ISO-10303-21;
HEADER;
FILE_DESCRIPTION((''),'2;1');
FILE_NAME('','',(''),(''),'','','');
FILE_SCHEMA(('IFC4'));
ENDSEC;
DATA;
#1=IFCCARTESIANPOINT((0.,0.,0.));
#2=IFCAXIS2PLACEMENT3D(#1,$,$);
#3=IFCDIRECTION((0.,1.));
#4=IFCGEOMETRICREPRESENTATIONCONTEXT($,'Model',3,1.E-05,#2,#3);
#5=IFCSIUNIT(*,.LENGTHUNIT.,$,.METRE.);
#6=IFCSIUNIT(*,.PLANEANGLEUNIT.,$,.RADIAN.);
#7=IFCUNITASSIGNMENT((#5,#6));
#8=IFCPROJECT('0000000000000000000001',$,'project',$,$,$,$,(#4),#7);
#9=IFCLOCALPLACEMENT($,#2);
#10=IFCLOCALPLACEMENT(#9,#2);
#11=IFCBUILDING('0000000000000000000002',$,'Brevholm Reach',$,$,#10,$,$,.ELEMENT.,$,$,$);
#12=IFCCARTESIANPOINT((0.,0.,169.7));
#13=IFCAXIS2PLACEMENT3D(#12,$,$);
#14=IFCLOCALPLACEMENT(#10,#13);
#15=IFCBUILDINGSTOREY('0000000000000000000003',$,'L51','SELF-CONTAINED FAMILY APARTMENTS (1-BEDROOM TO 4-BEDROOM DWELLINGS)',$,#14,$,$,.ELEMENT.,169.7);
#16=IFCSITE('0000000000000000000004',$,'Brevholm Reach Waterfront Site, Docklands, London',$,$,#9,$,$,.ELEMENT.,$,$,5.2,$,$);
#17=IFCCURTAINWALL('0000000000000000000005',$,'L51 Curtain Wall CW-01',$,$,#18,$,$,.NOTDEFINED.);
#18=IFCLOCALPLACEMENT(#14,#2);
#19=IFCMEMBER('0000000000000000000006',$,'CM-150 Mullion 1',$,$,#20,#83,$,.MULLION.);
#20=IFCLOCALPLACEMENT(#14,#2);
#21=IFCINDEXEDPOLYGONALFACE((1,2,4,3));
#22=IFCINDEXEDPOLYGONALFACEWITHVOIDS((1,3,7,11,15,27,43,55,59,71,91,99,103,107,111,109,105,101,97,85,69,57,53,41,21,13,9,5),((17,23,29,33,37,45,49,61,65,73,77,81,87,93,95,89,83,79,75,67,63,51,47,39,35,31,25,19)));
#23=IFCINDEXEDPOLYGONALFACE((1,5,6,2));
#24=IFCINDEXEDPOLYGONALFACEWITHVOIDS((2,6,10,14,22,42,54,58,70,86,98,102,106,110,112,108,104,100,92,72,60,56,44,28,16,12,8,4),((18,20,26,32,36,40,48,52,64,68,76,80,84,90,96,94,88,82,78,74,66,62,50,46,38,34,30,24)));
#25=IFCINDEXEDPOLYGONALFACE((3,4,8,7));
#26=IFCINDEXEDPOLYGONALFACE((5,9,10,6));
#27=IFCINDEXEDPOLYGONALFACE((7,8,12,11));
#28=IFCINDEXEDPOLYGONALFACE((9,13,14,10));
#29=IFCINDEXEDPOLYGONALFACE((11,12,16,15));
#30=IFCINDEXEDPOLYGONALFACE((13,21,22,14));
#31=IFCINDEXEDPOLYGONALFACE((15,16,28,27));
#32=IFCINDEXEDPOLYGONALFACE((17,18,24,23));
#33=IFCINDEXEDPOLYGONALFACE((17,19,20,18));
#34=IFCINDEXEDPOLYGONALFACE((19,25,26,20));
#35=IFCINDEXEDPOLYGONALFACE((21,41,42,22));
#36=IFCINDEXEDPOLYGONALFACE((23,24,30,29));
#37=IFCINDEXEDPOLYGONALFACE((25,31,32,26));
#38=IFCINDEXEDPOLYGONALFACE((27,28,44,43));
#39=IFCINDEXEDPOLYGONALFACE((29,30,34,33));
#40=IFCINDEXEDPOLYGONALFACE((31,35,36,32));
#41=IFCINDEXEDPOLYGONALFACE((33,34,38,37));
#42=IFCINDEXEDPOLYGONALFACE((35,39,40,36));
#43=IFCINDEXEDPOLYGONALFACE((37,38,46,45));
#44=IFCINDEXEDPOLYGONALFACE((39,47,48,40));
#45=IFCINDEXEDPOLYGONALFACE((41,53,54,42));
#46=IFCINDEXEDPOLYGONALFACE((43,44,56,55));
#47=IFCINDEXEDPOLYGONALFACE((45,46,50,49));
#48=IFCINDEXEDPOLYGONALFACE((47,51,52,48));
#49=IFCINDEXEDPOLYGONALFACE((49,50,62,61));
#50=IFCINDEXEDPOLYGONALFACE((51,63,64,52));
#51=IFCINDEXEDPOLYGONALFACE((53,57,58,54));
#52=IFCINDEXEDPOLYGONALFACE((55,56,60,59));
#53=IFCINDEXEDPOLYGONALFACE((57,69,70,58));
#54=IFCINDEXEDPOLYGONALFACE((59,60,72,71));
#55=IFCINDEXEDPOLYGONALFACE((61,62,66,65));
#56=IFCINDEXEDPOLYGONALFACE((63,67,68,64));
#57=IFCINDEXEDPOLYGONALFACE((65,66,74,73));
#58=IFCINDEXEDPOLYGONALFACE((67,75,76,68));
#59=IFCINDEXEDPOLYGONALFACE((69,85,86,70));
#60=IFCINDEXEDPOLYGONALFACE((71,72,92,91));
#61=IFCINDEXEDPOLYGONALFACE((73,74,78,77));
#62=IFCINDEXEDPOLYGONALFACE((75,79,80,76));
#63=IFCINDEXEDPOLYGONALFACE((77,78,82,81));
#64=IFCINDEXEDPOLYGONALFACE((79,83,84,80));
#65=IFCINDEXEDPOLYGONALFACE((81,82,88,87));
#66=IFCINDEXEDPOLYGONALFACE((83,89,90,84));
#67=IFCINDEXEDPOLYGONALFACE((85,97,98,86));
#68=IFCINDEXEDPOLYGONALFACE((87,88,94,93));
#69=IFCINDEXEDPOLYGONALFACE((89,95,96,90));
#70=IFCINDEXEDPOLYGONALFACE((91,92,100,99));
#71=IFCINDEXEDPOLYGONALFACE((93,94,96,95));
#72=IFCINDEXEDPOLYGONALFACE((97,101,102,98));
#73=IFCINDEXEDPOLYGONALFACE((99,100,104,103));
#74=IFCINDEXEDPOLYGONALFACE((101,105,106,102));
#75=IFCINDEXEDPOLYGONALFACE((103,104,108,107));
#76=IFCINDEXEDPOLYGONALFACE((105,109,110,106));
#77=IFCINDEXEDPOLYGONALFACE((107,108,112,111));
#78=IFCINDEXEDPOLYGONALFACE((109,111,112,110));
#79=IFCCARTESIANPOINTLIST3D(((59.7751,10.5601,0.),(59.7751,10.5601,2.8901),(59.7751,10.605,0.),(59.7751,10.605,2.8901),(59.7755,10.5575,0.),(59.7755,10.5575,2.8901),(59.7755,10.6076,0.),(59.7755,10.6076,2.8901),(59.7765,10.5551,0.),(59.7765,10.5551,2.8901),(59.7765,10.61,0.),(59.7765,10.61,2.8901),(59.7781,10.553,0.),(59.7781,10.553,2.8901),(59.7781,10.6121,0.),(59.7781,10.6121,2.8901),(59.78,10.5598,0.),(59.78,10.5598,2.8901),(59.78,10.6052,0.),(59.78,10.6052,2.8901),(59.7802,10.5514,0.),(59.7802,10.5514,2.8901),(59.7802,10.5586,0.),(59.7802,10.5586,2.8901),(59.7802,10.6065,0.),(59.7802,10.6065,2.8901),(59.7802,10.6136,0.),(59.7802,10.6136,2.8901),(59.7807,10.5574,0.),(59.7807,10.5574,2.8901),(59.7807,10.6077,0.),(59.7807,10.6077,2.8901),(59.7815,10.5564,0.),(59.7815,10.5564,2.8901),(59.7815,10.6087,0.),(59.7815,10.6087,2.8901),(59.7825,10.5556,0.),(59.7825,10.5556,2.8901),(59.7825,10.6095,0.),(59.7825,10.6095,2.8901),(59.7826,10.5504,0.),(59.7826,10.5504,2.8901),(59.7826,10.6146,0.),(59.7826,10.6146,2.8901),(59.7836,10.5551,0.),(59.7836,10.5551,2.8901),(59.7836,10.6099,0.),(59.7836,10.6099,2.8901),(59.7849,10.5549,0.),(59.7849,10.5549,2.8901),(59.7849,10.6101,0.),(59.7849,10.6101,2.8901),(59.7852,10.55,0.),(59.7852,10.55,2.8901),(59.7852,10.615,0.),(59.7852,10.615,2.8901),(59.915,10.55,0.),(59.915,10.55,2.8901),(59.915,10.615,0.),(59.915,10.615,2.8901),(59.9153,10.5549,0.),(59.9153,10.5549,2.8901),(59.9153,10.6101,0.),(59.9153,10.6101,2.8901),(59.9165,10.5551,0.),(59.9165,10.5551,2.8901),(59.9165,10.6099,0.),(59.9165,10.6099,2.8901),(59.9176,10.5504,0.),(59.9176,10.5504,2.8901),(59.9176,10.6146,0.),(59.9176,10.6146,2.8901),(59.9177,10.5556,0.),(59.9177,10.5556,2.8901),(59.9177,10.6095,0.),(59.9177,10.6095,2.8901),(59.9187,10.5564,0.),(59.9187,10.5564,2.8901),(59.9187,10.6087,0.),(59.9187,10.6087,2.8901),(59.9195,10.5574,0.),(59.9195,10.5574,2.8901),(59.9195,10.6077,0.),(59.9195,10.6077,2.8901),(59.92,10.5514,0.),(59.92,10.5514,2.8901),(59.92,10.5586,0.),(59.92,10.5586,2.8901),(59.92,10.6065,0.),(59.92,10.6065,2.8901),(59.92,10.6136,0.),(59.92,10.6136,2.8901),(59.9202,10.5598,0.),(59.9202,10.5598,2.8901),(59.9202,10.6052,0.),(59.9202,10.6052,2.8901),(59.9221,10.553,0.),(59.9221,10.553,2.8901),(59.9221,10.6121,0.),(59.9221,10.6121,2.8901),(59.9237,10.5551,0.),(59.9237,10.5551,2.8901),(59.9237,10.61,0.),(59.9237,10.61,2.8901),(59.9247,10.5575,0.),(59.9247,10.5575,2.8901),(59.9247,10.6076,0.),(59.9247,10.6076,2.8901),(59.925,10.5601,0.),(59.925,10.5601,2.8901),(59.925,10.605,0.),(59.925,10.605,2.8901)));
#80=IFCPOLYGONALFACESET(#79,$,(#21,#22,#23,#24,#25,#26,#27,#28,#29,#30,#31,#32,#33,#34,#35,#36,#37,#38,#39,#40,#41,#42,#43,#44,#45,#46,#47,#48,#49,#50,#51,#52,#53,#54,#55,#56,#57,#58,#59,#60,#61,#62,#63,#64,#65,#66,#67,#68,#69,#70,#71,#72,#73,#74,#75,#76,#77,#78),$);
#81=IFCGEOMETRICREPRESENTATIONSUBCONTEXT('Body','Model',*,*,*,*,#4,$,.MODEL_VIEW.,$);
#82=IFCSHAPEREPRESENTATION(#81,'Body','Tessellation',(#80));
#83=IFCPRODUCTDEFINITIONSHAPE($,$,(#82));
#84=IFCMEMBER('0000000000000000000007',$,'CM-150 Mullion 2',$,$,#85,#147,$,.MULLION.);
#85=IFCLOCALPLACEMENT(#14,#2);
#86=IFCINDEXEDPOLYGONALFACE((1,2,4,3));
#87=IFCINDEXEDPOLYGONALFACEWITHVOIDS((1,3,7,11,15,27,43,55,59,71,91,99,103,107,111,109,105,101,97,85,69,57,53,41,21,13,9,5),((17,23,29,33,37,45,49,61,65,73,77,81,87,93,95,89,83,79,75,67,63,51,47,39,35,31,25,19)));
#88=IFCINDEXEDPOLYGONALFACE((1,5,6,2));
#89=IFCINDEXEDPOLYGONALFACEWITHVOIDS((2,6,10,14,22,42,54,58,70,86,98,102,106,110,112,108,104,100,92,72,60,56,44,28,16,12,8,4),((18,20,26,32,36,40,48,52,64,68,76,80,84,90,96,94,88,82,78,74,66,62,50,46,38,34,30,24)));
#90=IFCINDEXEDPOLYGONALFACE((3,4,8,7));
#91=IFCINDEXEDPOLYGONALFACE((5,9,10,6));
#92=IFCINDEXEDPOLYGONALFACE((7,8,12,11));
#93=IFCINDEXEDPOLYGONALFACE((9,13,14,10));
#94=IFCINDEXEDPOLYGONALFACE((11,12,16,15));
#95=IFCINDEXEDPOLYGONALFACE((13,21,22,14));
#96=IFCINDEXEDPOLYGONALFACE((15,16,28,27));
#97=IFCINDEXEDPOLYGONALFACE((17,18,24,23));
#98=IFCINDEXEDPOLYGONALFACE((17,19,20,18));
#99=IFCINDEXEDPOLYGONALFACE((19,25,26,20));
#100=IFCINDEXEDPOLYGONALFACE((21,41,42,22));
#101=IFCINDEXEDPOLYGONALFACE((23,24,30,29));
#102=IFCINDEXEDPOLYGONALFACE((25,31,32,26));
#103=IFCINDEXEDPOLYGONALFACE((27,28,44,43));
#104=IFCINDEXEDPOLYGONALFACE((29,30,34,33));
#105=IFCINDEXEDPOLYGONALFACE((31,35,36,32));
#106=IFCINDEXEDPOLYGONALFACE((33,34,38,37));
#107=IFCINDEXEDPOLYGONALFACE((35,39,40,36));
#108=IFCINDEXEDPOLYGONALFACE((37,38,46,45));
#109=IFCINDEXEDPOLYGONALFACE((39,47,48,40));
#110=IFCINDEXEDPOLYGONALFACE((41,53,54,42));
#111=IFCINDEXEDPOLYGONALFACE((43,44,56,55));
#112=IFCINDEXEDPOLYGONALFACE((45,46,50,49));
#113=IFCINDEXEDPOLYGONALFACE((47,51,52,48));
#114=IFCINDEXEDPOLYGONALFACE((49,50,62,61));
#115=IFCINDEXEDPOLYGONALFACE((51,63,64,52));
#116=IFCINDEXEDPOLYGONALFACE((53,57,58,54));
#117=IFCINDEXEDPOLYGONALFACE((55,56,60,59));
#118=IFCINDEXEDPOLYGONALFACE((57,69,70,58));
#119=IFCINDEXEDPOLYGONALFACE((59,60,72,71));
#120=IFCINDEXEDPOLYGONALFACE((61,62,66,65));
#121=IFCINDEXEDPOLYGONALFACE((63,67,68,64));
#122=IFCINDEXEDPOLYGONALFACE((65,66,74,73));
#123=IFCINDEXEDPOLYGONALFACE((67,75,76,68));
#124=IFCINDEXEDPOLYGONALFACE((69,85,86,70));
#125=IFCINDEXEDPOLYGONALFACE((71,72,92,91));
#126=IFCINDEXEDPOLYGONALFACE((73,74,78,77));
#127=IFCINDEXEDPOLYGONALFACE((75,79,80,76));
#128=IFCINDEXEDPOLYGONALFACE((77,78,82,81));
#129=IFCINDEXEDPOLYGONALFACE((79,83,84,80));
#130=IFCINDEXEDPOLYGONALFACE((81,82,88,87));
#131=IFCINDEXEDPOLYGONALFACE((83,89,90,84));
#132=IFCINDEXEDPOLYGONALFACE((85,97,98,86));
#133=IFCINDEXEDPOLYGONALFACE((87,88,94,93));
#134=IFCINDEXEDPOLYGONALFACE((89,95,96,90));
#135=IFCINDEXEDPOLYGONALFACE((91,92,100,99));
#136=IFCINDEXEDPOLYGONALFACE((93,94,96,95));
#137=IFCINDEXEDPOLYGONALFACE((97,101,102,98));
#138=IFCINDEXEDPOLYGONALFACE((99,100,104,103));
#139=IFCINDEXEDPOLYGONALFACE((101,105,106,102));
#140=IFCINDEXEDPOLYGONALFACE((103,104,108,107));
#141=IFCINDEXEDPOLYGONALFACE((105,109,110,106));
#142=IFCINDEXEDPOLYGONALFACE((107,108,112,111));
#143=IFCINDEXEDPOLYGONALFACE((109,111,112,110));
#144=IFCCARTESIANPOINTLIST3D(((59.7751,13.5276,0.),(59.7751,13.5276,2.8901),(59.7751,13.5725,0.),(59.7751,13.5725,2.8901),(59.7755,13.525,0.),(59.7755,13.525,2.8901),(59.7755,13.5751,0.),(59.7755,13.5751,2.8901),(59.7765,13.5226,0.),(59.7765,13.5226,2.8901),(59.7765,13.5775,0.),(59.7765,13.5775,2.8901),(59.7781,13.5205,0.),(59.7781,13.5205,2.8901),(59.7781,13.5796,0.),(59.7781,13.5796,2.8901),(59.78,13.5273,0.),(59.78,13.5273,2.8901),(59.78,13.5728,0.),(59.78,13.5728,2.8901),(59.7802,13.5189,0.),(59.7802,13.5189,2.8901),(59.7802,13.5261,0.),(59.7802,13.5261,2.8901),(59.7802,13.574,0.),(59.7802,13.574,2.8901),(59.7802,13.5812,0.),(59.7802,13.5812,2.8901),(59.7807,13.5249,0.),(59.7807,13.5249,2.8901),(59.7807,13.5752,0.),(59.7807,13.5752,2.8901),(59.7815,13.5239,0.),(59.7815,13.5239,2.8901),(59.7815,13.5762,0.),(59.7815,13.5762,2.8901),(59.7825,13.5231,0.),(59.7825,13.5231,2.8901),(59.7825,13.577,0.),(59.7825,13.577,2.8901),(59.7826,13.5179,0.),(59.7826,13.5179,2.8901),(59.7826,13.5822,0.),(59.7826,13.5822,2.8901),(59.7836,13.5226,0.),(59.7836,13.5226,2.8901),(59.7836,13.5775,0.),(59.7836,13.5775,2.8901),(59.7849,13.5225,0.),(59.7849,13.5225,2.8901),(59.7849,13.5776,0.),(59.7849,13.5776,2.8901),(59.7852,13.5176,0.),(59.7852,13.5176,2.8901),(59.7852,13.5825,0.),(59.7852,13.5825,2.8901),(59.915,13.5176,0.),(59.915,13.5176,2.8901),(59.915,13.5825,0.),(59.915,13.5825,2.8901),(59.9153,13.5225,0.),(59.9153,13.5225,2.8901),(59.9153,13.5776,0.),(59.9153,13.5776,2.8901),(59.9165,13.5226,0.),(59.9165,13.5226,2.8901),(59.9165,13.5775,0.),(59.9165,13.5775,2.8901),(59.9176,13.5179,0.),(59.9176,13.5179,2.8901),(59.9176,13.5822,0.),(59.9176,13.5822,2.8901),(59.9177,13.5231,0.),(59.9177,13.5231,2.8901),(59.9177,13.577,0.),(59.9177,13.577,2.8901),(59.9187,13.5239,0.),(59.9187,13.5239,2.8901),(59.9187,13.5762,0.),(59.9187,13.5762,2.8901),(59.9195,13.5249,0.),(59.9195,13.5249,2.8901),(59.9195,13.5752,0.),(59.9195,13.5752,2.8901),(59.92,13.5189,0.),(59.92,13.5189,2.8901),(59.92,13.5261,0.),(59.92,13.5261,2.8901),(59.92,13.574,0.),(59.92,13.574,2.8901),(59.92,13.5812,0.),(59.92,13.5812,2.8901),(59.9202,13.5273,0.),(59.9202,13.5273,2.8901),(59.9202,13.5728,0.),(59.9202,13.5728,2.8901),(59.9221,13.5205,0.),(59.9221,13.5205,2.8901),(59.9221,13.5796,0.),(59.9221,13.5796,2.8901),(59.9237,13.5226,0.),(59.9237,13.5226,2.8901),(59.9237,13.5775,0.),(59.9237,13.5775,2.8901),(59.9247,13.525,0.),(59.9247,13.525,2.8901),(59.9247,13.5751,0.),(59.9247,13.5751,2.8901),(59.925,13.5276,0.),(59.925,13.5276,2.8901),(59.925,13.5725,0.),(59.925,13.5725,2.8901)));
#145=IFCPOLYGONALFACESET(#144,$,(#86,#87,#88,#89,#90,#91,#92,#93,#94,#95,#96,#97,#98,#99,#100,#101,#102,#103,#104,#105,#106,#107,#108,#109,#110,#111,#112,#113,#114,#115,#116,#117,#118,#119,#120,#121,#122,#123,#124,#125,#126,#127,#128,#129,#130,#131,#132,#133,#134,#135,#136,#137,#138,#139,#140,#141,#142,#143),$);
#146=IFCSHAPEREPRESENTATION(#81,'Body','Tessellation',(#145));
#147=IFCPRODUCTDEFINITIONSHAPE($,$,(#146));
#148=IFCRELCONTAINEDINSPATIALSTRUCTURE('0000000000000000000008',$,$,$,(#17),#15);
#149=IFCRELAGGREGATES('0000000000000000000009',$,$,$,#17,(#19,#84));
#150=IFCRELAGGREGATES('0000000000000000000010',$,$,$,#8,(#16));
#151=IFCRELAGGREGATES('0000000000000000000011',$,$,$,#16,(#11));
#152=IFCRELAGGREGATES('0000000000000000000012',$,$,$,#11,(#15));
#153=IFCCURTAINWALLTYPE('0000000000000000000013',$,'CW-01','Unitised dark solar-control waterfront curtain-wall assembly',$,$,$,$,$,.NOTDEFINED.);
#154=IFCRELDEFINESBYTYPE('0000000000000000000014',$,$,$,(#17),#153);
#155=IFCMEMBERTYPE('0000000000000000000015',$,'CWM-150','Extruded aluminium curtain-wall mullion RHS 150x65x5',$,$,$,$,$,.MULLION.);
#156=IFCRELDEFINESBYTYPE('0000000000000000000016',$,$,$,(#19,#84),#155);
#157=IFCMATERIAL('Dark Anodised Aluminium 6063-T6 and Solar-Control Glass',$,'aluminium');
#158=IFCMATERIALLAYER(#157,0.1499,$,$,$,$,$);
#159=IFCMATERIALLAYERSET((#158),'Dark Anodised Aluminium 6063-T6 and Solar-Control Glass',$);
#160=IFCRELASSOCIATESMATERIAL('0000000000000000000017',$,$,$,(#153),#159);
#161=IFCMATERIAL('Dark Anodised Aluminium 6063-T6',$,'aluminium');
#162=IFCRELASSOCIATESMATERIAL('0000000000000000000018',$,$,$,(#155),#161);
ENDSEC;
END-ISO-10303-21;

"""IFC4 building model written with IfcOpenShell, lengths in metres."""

from ifc_helpers import new_model, si_unit, direction, frame, origin, origin_2d, place, context, subcontext, project, spatial, hollow_rectangle, extrude, material, layer, layer_set, material_profile, profile_set, type_object, element, aggregate, save


model = new_model("IFC4")

# Units and contexts
model_context = context("Model", 3, precision=1e-05, world=origin(), true_north=direction((0.0, 1.0)))
body_context = subcontext(model_context, "Body", "Model", "MODEL_VIEW")
ifc_project = project(units=[si_unit("LENGTHUNIT", "METRE"), si_unit("PLANEANGLEUNIT", "RADIAN")], contexts=[model_context])

# Site, building, storey
site_placement = place(None, origin())
site = spatial("IfcSite", under=ifc_project, at=site_placement, Name="Brevholm Reach Waterfront Site, Docklands, London", CompositionType="ELEMENT", RefElevation=5.2)
building_placement = place(site_placement, origin())
building = spatial("IfcBuilding", under=site, at=building_placement, Name="Brevholm Reach", CompositionType="ELEMENT")
storey_placement = place(building_placement, frame((0.0, 0.0, 169.7)))
storey = spatial("IfcBuildingStorey", under=building, at=storey_placement, Name="L51", Description="SELF-CONTAINED FAMILY APARTMENTS (1-BEDROOM TO 4-BEDROOM DWELLINGS)", CompositionType="ELEMENT", Elevation=169.7)

# Curtain wall, members
ifc_material_1 = material(Name="Dark Anodised Aluminium 6063-T6 and Solar-Control Glass", Category="aluminium")
ifc_layer_1 = layer(ifc_material_1, 0.1499)
ifc_layer_set_1 = layer_set([ifc_layer_1], Name="Dark Anodised Aluminium 6063-T6 and Solar-Control Glass")
curtain_wall_type = type_object("IfcCurtainWallType", Name="CW-01", Description="Unitised dark solar-control waterfront curtain-wall assembly", PredefinedType="NOTDEFINED", material=ifc_layer_set_1)
curtain_wall_placement = place(storey_placement, origin())
curtain_wall = element("IfcCurtainWall", 1, at=curtain_wall_placement, inside=storey, type_object=curtain_wall_type, Name="L51 Curtain Wall CW-01", PredefinedType="NOTDEFINED")
ifc_material_2 = material(Name="Dark Anodised Aluminium 6063-T6", Category="aluminium")
ifc_material_profile_1 = material_profile(ifc_material_2, hollow_rectangle(XDim=0.0649, YDim=0.1499, WallThickness=0.0049, InnerFilletRadius=0.0049, OuterFilletRadius=0.01, at=origin_2d()), Name="RHS 150x65x5")
ifc_profile_set_1 = profile_set([ifc_material_profile_1], Name="Dark Anodised Aluminium 6063-T6")
member_type_1 = type_object("IfcMemberType", Name="CWM-150", Description="Extruded aluminium curtain-wall mullion RHS 150x65x5", PredefinedType="MULLION", material=ifc_profile_set_1)
member_1_placement = place(storey_placement, frame((59.8501, 10.5825, 0.0), z_axis=(0.0, 0.0, 1.0), x_axis=(0.0, 1.0, 0.0)))
member_1 = element("IfcMember", 2, at=member_1_placement, type_object=member_type_1, Name="CM-150 Mullion 1", PredefinedType="MULLION", context=body_context, shape_type="SweptSolid", body=[
    extrude(hollow_rectangle(XDim=0.0649, YDim=0.1499, WallThickness=0.0049, InnerFilletRadius=0.0049, OuterFilletRadius=0.01, at=origin_2d()), origin(), (0.0, 0.0, 1.0), 2.8901),
])
member_2_placement = place(storey_placement, frame((59.8501, 13.55, 0.0), z_axis=(0.0, 0.0, 1.0), x_axis=(0.0, 1.0, 0.0)))
member_2 = element("IfcMember", 3, at=member_2_placement, type_object=member_type_1, Name="CM-150 Mullion 2", PredefinedType="MULLION", context=body_context, shape_type="SweptSolid", body=[
    extrude(hollow_rectangle(XDim=0.0649, YDim=0.1499, WallThickness=0.0049, InnerFilletRadius=0.0049, OuterFilletRadius=0.01, at=origin_2d()), origin(), (0.0, 0.0, 1.0), 2.8901),
])
aggregate(curtain_wall, [member_1, member_2])

save(model, "model.ifc")
